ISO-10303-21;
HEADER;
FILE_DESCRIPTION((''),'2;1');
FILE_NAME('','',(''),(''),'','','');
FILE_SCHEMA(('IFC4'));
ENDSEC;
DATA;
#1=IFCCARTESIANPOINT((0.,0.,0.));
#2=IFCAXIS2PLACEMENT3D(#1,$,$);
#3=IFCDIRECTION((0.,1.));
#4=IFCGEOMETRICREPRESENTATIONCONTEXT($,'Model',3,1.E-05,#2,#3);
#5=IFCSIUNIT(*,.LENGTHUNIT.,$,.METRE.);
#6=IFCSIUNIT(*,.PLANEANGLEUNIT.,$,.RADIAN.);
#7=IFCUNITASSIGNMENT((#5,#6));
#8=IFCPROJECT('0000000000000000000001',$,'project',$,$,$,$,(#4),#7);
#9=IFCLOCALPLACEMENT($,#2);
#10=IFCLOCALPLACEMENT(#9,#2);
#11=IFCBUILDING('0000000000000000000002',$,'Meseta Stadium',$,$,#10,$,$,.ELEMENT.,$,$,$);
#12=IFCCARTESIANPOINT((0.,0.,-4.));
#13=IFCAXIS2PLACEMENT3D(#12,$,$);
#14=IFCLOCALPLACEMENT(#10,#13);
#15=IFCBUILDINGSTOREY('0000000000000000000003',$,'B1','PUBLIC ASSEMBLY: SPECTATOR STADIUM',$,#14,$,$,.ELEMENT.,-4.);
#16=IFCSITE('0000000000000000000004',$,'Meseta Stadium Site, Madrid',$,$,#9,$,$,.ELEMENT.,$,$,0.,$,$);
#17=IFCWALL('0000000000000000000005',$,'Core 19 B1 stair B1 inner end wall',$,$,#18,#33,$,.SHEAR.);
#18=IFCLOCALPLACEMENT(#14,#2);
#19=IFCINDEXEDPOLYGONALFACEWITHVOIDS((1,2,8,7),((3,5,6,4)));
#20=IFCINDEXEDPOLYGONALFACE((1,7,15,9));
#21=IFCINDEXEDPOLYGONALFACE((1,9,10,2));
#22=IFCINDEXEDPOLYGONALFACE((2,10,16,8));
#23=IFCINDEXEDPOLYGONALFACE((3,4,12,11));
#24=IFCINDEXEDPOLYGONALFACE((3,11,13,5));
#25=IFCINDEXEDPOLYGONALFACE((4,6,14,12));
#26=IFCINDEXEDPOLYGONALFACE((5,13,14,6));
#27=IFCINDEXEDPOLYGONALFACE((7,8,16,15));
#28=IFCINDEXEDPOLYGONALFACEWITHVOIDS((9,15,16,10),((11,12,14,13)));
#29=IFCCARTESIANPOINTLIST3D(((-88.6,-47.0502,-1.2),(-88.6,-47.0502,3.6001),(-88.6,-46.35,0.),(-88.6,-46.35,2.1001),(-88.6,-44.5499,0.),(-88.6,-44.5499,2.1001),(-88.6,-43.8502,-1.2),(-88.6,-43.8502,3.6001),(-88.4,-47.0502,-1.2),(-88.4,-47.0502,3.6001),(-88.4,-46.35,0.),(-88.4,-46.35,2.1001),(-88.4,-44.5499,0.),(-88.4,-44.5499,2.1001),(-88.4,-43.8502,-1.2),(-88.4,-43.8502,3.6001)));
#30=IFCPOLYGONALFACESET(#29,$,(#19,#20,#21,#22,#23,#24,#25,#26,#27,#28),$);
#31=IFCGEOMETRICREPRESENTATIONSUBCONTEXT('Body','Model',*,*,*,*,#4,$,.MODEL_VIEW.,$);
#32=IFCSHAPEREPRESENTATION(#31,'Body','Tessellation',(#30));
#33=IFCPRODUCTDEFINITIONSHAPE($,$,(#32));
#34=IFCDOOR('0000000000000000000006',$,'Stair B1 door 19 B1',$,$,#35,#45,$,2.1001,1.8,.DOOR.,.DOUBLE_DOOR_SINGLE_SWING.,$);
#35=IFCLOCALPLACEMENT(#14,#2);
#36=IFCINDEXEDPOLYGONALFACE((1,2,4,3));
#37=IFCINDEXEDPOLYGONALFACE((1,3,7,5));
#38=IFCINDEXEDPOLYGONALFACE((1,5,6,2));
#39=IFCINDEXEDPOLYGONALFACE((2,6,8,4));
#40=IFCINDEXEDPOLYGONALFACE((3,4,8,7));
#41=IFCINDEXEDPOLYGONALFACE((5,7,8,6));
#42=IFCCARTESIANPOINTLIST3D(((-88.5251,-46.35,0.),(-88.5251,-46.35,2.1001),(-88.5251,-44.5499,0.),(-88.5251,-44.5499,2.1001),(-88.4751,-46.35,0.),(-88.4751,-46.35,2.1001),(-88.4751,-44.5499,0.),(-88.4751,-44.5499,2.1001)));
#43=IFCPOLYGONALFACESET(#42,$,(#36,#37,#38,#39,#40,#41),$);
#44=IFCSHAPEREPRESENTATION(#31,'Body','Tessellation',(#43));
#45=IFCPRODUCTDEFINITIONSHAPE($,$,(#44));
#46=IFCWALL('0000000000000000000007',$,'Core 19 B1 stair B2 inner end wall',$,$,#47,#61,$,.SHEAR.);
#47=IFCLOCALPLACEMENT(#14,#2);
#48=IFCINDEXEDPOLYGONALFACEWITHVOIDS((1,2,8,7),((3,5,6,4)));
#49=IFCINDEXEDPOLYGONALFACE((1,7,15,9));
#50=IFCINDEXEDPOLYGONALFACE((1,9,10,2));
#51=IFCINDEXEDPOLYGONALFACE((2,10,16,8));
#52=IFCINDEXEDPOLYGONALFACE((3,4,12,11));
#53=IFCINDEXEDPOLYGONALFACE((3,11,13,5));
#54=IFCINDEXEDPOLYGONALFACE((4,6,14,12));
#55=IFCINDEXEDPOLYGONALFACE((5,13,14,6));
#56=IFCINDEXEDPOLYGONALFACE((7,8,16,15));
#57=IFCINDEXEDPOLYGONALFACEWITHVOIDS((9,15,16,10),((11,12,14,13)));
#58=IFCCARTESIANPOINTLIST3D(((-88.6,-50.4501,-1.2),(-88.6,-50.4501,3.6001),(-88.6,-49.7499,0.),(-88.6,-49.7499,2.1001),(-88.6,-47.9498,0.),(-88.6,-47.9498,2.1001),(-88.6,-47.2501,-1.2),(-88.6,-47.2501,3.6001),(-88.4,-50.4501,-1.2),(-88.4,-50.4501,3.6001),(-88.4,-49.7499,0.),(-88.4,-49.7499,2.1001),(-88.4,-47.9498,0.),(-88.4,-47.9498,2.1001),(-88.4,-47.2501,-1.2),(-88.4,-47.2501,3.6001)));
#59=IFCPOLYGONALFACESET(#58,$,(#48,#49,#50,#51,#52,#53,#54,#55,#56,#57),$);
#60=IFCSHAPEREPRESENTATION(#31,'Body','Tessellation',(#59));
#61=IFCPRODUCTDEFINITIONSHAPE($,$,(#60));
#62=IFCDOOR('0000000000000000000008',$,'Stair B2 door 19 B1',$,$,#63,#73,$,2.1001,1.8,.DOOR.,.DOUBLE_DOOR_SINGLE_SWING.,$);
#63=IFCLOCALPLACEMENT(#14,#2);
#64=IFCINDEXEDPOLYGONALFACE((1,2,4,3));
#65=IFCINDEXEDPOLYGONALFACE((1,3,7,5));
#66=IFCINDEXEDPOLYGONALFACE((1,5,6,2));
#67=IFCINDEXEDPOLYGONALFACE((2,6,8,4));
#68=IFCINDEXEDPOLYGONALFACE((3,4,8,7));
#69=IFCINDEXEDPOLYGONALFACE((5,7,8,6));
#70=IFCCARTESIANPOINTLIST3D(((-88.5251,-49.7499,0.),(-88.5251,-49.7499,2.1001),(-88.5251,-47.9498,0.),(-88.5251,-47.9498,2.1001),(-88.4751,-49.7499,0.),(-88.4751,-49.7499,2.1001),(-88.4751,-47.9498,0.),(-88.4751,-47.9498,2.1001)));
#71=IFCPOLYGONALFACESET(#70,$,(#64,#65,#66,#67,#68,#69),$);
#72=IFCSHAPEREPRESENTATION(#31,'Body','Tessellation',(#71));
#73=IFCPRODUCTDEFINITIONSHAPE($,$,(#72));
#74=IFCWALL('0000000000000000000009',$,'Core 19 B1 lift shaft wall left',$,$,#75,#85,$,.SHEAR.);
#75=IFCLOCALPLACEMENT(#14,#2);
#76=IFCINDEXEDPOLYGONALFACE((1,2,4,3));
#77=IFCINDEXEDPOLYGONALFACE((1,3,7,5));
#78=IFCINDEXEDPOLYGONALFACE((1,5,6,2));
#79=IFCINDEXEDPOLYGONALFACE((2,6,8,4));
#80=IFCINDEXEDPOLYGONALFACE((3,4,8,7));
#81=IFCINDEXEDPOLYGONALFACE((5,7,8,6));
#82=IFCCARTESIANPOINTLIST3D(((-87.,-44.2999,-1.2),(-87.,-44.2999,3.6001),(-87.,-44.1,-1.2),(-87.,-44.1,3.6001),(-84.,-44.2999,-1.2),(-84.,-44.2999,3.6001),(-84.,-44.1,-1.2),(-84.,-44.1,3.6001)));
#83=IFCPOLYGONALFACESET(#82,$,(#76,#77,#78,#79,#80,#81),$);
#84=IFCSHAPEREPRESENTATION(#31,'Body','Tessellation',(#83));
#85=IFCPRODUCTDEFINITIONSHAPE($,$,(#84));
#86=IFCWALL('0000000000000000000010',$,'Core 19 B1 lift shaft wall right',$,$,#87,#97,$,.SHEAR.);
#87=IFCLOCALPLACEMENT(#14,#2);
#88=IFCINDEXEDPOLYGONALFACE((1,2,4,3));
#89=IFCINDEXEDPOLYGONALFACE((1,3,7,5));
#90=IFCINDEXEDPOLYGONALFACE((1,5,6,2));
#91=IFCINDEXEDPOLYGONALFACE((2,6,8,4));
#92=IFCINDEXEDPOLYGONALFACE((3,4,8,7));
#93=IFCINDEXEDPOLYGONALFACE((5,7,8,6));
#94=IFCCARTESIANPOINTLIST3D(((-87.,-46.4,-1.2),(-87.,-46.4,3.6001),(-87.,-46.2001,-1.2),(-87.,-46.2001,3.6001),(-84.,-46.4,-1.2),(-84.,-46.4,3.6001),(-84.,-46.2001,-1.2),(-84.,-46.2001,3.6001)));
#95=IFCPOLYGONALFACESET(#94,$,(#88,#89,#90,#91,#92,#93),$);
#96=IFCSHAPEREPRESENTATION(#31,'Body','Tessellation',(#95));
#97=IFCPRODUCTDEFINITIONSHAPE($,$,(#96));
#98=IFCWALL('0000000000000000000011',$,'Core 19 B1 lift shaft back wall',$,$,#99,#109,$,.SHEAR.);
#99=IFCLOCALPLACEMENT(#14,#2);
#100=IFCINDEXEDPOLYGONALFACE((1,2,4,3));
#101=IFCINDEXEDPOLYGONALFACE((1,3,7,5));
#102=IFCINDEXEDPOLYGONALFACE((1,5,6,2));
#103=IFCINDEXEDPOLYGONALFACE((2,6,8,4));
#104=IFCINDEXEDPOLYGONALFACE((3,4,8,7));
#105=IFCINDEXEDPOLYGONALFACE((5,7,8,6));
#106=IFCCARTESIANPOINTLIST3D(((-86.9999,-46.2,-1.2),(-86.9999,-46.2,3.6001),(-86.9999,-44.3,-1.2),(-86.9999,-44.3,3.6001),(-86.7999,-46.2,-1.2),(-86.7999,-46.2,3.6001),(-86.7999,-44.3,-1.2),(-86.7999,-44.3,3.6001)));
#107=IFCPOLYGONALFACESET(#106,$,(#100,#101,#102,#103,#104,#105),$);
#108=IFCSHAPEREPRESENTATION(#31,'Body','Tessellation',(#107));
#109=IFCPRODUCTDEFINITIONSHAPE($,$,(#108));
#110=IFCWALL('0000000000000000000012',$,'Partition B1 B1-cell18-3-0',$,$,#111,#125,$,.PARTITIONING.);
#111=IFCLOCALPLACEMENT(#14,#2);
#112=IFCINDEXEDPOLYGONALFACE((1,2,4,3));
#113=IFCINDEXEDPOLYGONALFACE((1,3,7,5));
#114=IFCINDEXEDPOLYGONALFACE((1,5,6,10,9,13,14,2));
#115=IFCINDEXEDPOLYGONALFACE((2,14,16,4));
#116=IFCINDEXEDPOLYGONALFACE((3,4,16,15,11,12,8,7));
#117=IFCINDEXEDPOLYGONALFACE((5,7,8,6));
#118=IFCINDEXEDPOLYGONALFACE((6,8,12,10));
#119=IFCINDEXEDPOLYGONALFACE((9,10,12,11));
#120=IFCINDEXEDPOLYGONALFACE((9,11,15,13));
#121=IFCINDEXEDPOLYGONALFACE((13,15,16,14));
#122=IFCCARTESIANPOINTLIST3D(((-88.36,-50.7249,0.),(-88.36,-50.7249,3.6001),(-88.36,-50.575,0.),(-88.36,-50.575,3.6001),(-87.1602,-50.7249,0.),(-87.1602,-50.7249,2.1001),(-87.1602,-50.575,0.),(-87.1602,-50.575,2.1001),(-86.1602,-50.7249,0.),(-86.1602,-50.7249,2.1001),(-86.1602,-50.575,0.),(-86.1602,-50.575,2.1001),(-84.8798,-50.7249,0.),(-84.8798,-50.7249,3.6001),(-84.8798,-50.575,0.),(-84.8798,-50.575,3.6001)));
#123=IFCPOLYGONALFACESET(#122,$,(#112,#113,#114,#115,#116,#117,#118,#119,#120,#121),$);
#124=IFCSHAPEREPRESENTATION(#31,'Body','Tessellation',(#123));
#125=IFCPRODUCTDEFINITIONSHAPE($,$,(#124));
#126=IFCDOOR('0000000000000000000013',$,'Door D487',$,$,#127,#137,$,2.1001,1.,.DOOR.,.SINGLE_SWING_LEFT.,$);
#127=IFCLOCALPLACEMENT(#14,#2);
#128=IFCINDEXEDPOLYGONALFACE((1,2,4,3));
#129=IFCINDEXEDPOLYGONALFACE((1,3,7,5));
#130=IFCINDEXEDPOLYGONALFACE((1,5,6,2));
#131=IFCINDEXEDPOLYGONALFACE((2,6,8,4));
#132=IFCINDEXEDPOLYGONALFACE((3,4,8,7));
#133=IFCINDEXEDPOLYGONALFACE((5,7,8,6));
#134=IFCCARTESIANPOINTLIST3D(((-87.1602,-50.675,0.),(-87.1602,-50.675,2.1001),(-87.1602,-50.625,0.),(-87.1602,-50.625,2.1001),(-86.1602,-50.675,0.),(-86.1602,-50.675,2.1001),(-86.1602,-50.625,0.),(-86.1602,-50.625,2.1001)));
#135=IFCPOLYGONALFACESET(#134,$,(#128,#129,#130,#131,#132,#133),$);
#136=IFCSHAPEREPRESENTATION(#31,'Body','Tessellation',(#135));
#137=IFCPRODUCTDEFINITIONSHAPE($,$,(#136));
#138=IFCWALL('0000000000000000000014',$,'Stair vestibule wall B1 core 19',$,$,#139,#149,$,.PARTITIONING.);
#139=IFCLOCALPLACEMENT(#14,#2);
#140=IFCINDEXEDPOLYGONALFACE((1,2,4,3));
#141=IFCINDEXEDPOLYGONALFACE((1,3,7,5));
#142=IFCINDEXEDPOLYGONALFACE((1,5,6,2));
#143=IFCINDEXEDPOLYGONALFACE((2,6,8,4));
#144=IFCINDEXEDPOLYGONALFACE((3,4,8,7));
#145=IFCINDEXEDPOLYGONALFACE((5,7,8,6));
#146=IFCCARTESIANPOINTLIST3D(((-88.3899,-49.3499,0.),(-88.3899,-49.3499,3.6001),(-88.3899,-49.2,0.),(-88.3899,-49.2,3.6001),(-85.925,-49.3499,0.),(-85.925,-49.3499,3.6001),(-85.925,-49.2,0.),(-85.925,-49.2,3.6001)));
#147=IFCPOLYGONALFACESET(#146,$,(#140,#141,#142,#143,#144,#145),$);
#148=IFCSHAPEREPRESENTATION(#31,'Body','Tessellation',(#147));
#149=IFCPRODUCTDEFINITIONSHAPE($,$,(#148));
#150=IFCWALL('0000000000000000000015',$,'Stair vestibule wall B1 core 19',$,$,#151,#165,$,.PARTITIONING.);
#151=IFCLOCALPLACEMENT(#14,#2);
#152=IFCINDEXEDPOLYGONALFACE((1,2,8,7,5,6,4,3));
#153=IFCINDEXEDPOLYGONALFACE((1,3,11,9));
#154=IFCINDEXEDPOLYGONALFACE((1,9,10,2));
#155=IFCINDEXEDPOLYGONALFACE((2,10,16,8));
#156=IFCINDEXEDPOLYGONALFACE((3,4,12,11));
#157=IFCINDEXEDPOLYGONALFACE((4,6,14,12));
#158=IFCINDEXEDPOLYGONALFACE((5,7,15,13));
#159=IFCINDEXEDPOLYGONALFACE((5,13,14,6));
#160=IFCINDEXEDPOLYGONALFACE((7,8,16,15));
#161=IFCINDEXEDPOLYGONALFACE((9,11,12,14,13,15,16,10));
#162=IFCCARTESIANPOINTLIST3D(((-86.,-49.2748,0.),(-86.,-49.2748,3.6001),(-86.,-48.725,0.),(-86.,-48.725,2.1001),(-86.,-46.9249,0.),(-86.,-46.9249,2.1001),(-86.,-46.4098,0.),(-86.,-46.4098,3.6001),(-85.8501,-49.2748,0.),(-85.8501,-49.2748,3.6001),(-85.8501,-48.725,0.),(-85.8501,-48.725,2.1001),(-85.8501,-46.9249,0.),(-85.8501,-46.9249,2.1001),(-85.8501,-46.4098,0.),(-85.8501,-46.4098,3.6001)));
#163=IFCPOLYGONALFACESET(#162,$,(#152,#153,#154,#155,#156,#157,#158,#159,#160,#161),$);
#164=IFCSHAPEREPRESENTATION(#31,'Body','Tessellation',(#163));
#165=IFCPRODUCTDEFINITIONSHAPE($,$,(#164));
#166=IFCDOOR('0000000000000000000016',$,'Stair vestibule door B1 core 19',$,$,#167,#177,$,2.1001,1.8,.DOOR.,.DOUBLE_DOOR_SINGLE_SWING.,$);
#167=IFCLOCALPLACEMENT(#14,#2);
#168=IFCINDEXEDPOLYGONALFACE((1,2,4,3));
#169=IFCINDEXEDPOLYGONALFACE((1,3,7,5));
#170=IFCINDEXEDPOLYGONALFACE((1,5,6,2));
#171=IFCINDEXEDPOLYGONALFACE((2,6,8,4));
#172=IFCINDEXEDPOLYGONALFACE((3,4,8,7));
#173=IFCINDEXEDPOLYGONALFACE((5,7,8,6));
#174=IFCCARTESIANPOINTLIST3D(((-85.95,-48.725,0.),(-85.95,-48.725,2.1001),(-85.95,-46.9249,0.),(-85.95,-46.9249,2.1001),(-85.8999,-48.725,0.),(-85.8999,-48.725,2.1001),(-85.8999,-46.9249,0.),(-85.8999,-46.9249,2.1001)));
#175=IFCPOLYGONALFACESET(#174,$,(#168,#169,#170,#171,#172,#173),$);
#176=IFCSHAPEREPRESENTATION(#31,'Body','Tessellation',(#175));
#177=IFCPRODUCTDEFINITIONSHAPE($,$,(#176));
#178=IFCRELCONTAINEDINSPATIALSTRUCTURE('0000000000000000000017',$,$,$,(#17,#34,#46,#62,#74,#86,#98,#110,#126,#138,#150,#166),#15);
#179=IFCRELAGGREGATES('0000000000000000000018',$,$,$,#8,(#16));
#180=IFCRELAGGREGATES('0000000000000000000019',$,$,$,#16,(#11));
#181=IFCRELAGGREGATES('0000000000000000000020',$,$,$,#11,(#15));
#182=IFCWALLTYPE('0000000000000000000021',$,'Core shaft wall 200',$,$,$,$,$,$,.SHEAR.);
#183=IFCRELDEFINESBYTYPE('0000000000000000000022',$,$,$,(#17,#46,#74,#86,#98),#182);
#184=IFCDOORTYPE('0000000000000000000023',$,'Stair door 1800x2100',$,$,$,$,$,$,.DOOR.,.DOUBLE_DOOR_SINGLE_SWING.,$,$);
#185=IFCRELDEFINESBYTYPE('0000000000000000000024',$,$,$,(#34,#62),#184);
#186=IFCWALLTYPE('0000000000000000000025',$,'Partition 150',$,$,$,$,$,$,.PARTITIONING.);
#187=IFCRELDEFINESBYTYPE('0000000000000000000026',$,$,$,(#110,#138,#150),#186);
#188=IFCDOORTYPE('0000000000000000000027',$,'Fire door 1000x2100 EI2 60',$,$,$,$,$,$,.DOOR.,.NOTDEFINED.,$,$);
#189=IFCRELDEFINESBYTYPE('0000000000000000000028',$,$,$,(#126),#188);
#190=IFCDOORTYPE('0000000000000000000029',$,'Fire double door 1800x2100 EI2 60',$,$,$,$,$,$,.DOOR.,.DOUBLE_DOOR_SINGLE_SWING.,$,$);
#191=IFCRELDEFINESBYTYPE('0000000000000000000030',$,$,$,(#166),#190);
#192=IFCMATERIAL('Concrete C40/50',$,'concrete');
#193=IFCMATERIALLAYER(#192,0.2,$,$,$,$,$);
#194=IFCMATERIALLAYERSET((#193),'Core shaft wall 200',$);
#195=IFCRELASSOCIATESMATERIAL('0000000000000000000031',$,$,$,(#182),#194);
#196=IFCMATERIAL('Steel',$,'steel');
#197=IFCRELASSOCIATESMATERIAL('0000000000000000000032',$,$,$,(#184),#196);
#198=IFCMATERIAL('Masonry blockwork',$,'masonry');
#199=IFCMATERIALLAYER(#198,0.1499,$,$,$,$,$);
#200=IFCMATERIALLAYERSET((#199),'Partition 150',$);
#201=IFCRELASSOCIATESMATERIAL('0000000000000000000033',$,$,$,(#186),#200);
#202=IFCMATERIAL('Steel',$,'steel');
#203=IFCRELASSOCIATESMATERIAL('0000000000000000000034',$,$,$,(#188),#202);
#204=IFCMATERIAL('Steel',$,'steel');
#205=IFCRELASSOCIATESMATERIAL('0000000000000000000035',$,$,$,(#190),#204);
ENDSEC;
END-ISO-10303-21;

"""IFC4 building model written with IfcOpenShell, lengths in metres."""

from ifc_helpers import new_model, si_unit, direction, frame, frame_2d, origin, place, context, subcontext, project, spatial, rectangle, extrude, material, layer, layer_set, type_object, element, fill, save


model = new_model("IFC4")

# Units and contexts
model_context = context("Model", 3, precision=1e-05, world=origin(), true_north=direction((0.0, 1.0)))
body_context = subcontext(model_context, "Body", "Model", "MODEL_VIEW")
ifc_project = project(units=[si_unit("LENGTHUNIT", "METRE"), si_unit("PLANEANGLEUNIT", "RADIAN")], contexts=[model_context])

# Site, building, storey
site_placement = place(None, origin())
site = spatial("IfcSite", under=ifc_project, at=site_placement, Name="Meseta Stadium Site, Madrid", CompositionType="ELEMENT", RefElevation=0.0)
building_placement = place(site_placement, origin())
building = spatial("IfcBuilding", under=site, at=building_placement, Name="Meseta Stadium", CompositionType="ELEMENT")
storey_placement = place(building_placement, frame((0.0, 0.0, -4.0)))
storey = spatial("IfcBuildingStorey", under=building, at=storey_placement, Name="B1", Description="PUBLIC ASSEMBLY: SPECTATOR STADIUM", CompositionType="ELEMENT", Elevation=-4.0)

# Walls, openings, doors
ifc_material_1 = material(Name="Concrete C40/50", Category="concrete")
ifc_layer_1 = layer(ifc_material_1, 0.2)
ifc_layer_set_1 = layer_set([ifc_layer_1], Name="Core shaft wall 200")
wall_type_1 = type_object("IfcWallType", Name="Core shaft wall 200", PredefinedType="SHEAR", material=ifc_layer_set_1)
wall_1_placement = place(storey_placement, frame((-88.5, -43.8501, -1.2), z_axis=(0.0, 0.0, 1.0), x_axis=(0.0, -1.0, 0.0)))
wall_1 = element("IfcWall", 1, at=wall_1_placement, inside=storey, type_object=wall_type_1, Name="Core 19 B1 stair B1 inner end wall", PredefinedType="SHEAR", context=body_context, shape_type="SweptSolid", body=[
    extrude(rectangle(XDim=3.2, YDim=0.2, at=frame_2d((1.6001, 0.0))), origin(), (0.0, 0.0, 1.0), 4.8),
])
opening_1_placement = place(wall_1_placement, frame((0.7, 0.0, 1.2)))
opening_1 = element("IfcOpeningElement", 2, at=opening_1_placement, cuts=wall_1, PredefinedType="OPENING", context=body_context, shape_type="SweptSolid", body=[
    extrude(rectangle(XDim=1.8, YDim=2.1001, at=frame_2d((0.8999, 1.05))), frame((0.0, 0.1099, 0.0), z_axis=(0.0, -1.0, 0.0), x_axis=(1.0, 0.0, 0.0)), (0.0, 0.0, 1.0), 0.22),
])
ifc_material_2 = material(Name="Steel", Category="steel")
door_type_1 = type_object("IfcDoorType", Name="Stair door 1800x2100", OperationType="DOUBLE_DOOR_SINGLE_SWING", PredefinedType="DOOR", material=ifc_material_2)
door_1_placement = place(opening_1_placement, origin())
door_1 = element("IfcDoor", 3, at=door_1_placement, inside=storey, type_object=door_type_1, Name="Stair B1 door 19 B1", OperationType="DOUBLE_DOOR_SINGLE_SWING", OverallHeight=2.1001, OverallWidth=1.8, PredefinedType="DOOR", context=body_context, shape_type="SweptSolid", body=[
    extrude(rectangle(XDim=1.8, YDim=2.1001, at=frame_2d((0.8999, 1.05))), frame((0.0, 0.0249, 0.0), z_axis=(0.0, -1.0, 0.0), x_axis=(1.0, 0.0, 0.0)), (0.0, 0.0, 1.0), 0.05),
])
fill(opening_1, door_1)
wall_2_placement = place(storey_placement, frame((-88.5, -47.25, -1.2), z_axis=(0.0, 0.0, 1.0), x_axis=(0.0, -1.0, 0.0)))
wall_2 = element("IfcWall", 4, at=wall_2_placement, inside=storey, type_object=wall_type_1, Name="Core 19 B1 stair B2 inner end wall", PredefinedType="SHEAR", context=body_context, shape_type="SweptSolid", body=[
    extrude(rectangle(XDim=3.2, YDim=0.2, at=frame_2d((1.6001, 0.0))), origin(), (0.0, 0.0, 1.0), 4.8),
])
opening_2_placement = place(wall_2_placement, frame((0.7, 0.0, 1.2)))
opening_2 = element("IfcOpeningElement", 5, at=opening_2_placement, cuts=wall_2, PredefinedType="OPENING", context=body_context, shape_type="SweptSolid", body=[
    extrude(rectangle(XDim=1.8, YDim=2.1001, at=frame_2d((0.8999, 1.05))), frame((0.0, 0.1099, 0.0), z_axis=(0.0, -1.0, 0.0), x_axis=(1.0, 0.0, 0.0)), (0.0, 0.0, 1.0), 0.22),
])
door_2_placement = place(opening_2_placement, origin())
door_2 = element("IfcDoor", 6, at=door_2_placement, inside=storey, type_object=door_type_1, Name="Stair B2 door 19 B1", OperationType="DOUBLE_DOOR_SINGLE_SWING", OverallHeight=2.1001, OverallWidth=1.8, PredefinedType="DOOR", context=body_context, shape_type="SweptSolid", body=[
    extrude(rectangle(XDim=1.8, YDim=2.1001, at=frame_2d((0.8999, 1.05))), frame((0.0, 0.0249, 0.0), z_axis=(0.0, -1.0, 0.0), x_axis=(1.0, 0.0, 0.0)), (0.0, 0.0, 1.0), 0.05),
])
fill(opening_2, door_2)

# Walls
for number, where, z_axis, x_axis, name in (
    (7, (-87.0, -44.2, -1.2), (0.0, 0.0, 1.0), (1.0, 0.0, 0.0), "Core 19 B1 lift shaft wall left"),
    (8, (-87.0, -46.3, -1.2), (0.0, 0.0, 1.0), (1.0, 0.0, 0.0), "Core 19 B1 lift shaft wall right"),
):
    element("IfcWall", number, at=place(storey_placement, frame(where, z_axis=z_axis, x_axis=x_axis)), inside=storey, type_object=wall_type_1, Name=name, PredefinedType="SHEAR", context=body_context, shape_type="SweptSolid", body=[
        extrude(rectangle(XDim=3.0, YDim=0.2, at=frame_2d((1.5, 0.0))), origin(), (0.0, 0.0, 1.0), 4.8),
    ])
wall_3_placement = place(storey_placement, frame((-86.8999, -44.3, -1.2), z_axis=(0.0, 0.0, 1.0), x_axis=(0.0, -1.0, 0.0)))
element("IfcWall", 9, at=wall_3_placement, inside=storey, type_object=wall_type_1, Name="Core 19 B1 lift shaft back wall", PredefinedType="SHEAR", context=body_context, shape_type="SweptSolid", body=[
    extrude(rectangle(XDim=1.8999, YDim=0.2, at=frame_2d((0.95, 0.0))), origin(), (0.0, 0.0, 1.0), 4.8),
])

# Wall, opening, door
ifc_material_3 = material(Name="Masonry blockwork", Category="masonry")
ifc_layer_2 = layer(ifc_material_3, 0.1499)
ifc_layer_set_2 = layer_set([ifc_layer_2], Name="Partition 150")
wall_type_2 = type_object("IfcWallType", Name="Partition 150", PredefinedType="PARTITIONING", material=ifc_layer_set_2)
wall_4_placement = place(storey_placement, frame((-88.3601, -50.6499, 0.0), z_axis=(0.0, 0.0, 1.0), x_axis=(1.0, 0.0, 0.0)))
wall_4 = element("IfcWall", 10, at=wall_4_placement, inside=storey, type_object=wall_type_2, Name="Partition B1 B1-cell18-3-0", PredefinedType="PARTITIONING", context=body_context, shape_type="SweptSolid", body=[
    extrude(rectangle(XDim=3.4802, YDim=0.1499, at=frame_2d((1.7402, 0.0))), origin(), (0.0, 0.0, 1.0), 3.6001),
])
opening_3_placement = place(wall_4_placement, frame((1.2, 0.0, 0.0)))
opening_3 = element("IfcOpeningElement", 11, at=opening_3_placement, cuts=wall_4, PredefinedType="OPENING", context=body_context, shape_type="SweptSolid", body=[
    extrude(rectangle(XDim=1.0, YDim=2.1001, at=frame_2d((0.5, 1.05))), frame((0.0, 0.085, 0.0), z_axis=(0.0, -1.0, 0.0), x_axis=(1.0, 0.0, 0.0)), (0.0, 0.0, 1.0), 0.1699),
])
ifc_material_4 = material(Name="Steel", Category="steel")
door_type_2 = type_object("IfcDoorType", Name="Fire door 1000x2100 EI2 60", OperationType="NOTDEFINED", PredefinedType="DOOR", material=ifc_material_4)
door_3_placement = place(opening_3_placement, origin())
door_3 = element("IfcDoor", 12, at=door_3_placement, inside=storey, type_object=door_type_2, Name="Door D487", OperationType="SINGLE_SWING_LEFT", OverallHeight=2.1001, OverallWidth=1.0, PredefinedType="DOOR", context=body_context, shape_type="SweptSolid", body=[
    extrude(rectangle(XDim=1.0, YDim=2.1001, at=frame_2d((0.5, 1.05))), frame((0.0, 0.0249, 0.0), z_axis=(0.0, -1.0, 0.0), x_axis=(1.0, 0.0, 0.0)), (0.0, 0.0, 1.0), 0.05),
])
fill(opening_3, door_3)

# Wall
wall_5_placement = place(storey_placement, frame((-88.3899, -49.2749, 0.0), z_axis=(0.0, 0.0, 1.0), x_axis=(1.0, 0.0, 0.0)))
element("IfcWall", 13, at=wall_5_placement, inside=storey, type_object=wall_type_2, Name="Stair vestibule wall B1 core 19", PredefinedType="PARTITIONING", context=body_context, shape_type="SweptSolid", body=[
    extrude(rectangle(XDim=2.4648, YDim=0.1499, at=frame_2d((1.2324, 0.0))), origin(), (0.0, 0.0, 1.0), 3.6001),
])

# Wall, opening, door
wall_6_placement = place(storey_placement, frame((-85.925, -49.2749, 0.0), z_axis=(0.0, 0.0, 1.0), x_axis=(0.0, 1.0, 0.0)))
wall_6 = element("IfcWall", 14, at=wall_6_placement, inside=storey, type_object=wall_type_2, Name="Stair vestibule wall B1 core 19", PredefinedType="PARTITIONING", context=body_context, shape_type="SweptSolid", body=[
    extrude(rectangle(XDim=2.865, YDim=0.1499, at=frame_2d((1.4326, 0.0))), origin(), (0.0, 0.0, 1.0), 3.6001),
])
opening_4_placement = place(wall_6_placement, frame((0.55, 0.0, 0.0)))
opening_4 = element("IfcOpeningElement", 15, at=opening_4_placement, cuts=wall_6, PredefinedType="OPENING", context=body_context, shape_type="SweptSolid", body=[
    extrude(rectangle(XDim=1.8, YDim=2.1001, at=frame_2d((0.8999, 1.05))), frame((0.0, 0.085, 0.0), z_axis=(0.0, -1.0, 0.0), x_axis=(1.0, 0.0, 0.0)), (0.0, 0.0, 1.0), 0.1699),
])
ifc_material_5 = material(Name="Steel", Category="steel")
door_type_3 = type_object("IfcDoorType", Name="Fire double door 1800x2100 EI2 60", OperationType="DOUBLE_DOOR_SINGLE_SWING", PredefinedType="DOOR", material=ifc_material_5)
door_4_placement = place(opening_4_placement, origin())
door_4 = element("IfcDoor", 16, at=door_4_placement, inside=storey, type_object=door_type_3, Name="Stair vestibule door B1 core 19", OperationType="DOUBLE_DOOR_SINGLE_SWING", OverallHeight=2.1001, OverallWidth=1.8, PredefinedType="DOOR", context=body_context, shape_type="SweptSolid", body=[
    extrude(rectangle(XDim=1.8, YDim=2.1001, at=frame_2d((0.8999, 1.05))), frame((0.0, 0.0249, 0.0), z_axis=(0.0, -1.0, 0.0), x_axis=(1.0, 0.0, 0.0)), (0.0, 0.0, 1.0), 0.05),
])
fill(opening_4, door_4)

save(model, "model.ifc")
